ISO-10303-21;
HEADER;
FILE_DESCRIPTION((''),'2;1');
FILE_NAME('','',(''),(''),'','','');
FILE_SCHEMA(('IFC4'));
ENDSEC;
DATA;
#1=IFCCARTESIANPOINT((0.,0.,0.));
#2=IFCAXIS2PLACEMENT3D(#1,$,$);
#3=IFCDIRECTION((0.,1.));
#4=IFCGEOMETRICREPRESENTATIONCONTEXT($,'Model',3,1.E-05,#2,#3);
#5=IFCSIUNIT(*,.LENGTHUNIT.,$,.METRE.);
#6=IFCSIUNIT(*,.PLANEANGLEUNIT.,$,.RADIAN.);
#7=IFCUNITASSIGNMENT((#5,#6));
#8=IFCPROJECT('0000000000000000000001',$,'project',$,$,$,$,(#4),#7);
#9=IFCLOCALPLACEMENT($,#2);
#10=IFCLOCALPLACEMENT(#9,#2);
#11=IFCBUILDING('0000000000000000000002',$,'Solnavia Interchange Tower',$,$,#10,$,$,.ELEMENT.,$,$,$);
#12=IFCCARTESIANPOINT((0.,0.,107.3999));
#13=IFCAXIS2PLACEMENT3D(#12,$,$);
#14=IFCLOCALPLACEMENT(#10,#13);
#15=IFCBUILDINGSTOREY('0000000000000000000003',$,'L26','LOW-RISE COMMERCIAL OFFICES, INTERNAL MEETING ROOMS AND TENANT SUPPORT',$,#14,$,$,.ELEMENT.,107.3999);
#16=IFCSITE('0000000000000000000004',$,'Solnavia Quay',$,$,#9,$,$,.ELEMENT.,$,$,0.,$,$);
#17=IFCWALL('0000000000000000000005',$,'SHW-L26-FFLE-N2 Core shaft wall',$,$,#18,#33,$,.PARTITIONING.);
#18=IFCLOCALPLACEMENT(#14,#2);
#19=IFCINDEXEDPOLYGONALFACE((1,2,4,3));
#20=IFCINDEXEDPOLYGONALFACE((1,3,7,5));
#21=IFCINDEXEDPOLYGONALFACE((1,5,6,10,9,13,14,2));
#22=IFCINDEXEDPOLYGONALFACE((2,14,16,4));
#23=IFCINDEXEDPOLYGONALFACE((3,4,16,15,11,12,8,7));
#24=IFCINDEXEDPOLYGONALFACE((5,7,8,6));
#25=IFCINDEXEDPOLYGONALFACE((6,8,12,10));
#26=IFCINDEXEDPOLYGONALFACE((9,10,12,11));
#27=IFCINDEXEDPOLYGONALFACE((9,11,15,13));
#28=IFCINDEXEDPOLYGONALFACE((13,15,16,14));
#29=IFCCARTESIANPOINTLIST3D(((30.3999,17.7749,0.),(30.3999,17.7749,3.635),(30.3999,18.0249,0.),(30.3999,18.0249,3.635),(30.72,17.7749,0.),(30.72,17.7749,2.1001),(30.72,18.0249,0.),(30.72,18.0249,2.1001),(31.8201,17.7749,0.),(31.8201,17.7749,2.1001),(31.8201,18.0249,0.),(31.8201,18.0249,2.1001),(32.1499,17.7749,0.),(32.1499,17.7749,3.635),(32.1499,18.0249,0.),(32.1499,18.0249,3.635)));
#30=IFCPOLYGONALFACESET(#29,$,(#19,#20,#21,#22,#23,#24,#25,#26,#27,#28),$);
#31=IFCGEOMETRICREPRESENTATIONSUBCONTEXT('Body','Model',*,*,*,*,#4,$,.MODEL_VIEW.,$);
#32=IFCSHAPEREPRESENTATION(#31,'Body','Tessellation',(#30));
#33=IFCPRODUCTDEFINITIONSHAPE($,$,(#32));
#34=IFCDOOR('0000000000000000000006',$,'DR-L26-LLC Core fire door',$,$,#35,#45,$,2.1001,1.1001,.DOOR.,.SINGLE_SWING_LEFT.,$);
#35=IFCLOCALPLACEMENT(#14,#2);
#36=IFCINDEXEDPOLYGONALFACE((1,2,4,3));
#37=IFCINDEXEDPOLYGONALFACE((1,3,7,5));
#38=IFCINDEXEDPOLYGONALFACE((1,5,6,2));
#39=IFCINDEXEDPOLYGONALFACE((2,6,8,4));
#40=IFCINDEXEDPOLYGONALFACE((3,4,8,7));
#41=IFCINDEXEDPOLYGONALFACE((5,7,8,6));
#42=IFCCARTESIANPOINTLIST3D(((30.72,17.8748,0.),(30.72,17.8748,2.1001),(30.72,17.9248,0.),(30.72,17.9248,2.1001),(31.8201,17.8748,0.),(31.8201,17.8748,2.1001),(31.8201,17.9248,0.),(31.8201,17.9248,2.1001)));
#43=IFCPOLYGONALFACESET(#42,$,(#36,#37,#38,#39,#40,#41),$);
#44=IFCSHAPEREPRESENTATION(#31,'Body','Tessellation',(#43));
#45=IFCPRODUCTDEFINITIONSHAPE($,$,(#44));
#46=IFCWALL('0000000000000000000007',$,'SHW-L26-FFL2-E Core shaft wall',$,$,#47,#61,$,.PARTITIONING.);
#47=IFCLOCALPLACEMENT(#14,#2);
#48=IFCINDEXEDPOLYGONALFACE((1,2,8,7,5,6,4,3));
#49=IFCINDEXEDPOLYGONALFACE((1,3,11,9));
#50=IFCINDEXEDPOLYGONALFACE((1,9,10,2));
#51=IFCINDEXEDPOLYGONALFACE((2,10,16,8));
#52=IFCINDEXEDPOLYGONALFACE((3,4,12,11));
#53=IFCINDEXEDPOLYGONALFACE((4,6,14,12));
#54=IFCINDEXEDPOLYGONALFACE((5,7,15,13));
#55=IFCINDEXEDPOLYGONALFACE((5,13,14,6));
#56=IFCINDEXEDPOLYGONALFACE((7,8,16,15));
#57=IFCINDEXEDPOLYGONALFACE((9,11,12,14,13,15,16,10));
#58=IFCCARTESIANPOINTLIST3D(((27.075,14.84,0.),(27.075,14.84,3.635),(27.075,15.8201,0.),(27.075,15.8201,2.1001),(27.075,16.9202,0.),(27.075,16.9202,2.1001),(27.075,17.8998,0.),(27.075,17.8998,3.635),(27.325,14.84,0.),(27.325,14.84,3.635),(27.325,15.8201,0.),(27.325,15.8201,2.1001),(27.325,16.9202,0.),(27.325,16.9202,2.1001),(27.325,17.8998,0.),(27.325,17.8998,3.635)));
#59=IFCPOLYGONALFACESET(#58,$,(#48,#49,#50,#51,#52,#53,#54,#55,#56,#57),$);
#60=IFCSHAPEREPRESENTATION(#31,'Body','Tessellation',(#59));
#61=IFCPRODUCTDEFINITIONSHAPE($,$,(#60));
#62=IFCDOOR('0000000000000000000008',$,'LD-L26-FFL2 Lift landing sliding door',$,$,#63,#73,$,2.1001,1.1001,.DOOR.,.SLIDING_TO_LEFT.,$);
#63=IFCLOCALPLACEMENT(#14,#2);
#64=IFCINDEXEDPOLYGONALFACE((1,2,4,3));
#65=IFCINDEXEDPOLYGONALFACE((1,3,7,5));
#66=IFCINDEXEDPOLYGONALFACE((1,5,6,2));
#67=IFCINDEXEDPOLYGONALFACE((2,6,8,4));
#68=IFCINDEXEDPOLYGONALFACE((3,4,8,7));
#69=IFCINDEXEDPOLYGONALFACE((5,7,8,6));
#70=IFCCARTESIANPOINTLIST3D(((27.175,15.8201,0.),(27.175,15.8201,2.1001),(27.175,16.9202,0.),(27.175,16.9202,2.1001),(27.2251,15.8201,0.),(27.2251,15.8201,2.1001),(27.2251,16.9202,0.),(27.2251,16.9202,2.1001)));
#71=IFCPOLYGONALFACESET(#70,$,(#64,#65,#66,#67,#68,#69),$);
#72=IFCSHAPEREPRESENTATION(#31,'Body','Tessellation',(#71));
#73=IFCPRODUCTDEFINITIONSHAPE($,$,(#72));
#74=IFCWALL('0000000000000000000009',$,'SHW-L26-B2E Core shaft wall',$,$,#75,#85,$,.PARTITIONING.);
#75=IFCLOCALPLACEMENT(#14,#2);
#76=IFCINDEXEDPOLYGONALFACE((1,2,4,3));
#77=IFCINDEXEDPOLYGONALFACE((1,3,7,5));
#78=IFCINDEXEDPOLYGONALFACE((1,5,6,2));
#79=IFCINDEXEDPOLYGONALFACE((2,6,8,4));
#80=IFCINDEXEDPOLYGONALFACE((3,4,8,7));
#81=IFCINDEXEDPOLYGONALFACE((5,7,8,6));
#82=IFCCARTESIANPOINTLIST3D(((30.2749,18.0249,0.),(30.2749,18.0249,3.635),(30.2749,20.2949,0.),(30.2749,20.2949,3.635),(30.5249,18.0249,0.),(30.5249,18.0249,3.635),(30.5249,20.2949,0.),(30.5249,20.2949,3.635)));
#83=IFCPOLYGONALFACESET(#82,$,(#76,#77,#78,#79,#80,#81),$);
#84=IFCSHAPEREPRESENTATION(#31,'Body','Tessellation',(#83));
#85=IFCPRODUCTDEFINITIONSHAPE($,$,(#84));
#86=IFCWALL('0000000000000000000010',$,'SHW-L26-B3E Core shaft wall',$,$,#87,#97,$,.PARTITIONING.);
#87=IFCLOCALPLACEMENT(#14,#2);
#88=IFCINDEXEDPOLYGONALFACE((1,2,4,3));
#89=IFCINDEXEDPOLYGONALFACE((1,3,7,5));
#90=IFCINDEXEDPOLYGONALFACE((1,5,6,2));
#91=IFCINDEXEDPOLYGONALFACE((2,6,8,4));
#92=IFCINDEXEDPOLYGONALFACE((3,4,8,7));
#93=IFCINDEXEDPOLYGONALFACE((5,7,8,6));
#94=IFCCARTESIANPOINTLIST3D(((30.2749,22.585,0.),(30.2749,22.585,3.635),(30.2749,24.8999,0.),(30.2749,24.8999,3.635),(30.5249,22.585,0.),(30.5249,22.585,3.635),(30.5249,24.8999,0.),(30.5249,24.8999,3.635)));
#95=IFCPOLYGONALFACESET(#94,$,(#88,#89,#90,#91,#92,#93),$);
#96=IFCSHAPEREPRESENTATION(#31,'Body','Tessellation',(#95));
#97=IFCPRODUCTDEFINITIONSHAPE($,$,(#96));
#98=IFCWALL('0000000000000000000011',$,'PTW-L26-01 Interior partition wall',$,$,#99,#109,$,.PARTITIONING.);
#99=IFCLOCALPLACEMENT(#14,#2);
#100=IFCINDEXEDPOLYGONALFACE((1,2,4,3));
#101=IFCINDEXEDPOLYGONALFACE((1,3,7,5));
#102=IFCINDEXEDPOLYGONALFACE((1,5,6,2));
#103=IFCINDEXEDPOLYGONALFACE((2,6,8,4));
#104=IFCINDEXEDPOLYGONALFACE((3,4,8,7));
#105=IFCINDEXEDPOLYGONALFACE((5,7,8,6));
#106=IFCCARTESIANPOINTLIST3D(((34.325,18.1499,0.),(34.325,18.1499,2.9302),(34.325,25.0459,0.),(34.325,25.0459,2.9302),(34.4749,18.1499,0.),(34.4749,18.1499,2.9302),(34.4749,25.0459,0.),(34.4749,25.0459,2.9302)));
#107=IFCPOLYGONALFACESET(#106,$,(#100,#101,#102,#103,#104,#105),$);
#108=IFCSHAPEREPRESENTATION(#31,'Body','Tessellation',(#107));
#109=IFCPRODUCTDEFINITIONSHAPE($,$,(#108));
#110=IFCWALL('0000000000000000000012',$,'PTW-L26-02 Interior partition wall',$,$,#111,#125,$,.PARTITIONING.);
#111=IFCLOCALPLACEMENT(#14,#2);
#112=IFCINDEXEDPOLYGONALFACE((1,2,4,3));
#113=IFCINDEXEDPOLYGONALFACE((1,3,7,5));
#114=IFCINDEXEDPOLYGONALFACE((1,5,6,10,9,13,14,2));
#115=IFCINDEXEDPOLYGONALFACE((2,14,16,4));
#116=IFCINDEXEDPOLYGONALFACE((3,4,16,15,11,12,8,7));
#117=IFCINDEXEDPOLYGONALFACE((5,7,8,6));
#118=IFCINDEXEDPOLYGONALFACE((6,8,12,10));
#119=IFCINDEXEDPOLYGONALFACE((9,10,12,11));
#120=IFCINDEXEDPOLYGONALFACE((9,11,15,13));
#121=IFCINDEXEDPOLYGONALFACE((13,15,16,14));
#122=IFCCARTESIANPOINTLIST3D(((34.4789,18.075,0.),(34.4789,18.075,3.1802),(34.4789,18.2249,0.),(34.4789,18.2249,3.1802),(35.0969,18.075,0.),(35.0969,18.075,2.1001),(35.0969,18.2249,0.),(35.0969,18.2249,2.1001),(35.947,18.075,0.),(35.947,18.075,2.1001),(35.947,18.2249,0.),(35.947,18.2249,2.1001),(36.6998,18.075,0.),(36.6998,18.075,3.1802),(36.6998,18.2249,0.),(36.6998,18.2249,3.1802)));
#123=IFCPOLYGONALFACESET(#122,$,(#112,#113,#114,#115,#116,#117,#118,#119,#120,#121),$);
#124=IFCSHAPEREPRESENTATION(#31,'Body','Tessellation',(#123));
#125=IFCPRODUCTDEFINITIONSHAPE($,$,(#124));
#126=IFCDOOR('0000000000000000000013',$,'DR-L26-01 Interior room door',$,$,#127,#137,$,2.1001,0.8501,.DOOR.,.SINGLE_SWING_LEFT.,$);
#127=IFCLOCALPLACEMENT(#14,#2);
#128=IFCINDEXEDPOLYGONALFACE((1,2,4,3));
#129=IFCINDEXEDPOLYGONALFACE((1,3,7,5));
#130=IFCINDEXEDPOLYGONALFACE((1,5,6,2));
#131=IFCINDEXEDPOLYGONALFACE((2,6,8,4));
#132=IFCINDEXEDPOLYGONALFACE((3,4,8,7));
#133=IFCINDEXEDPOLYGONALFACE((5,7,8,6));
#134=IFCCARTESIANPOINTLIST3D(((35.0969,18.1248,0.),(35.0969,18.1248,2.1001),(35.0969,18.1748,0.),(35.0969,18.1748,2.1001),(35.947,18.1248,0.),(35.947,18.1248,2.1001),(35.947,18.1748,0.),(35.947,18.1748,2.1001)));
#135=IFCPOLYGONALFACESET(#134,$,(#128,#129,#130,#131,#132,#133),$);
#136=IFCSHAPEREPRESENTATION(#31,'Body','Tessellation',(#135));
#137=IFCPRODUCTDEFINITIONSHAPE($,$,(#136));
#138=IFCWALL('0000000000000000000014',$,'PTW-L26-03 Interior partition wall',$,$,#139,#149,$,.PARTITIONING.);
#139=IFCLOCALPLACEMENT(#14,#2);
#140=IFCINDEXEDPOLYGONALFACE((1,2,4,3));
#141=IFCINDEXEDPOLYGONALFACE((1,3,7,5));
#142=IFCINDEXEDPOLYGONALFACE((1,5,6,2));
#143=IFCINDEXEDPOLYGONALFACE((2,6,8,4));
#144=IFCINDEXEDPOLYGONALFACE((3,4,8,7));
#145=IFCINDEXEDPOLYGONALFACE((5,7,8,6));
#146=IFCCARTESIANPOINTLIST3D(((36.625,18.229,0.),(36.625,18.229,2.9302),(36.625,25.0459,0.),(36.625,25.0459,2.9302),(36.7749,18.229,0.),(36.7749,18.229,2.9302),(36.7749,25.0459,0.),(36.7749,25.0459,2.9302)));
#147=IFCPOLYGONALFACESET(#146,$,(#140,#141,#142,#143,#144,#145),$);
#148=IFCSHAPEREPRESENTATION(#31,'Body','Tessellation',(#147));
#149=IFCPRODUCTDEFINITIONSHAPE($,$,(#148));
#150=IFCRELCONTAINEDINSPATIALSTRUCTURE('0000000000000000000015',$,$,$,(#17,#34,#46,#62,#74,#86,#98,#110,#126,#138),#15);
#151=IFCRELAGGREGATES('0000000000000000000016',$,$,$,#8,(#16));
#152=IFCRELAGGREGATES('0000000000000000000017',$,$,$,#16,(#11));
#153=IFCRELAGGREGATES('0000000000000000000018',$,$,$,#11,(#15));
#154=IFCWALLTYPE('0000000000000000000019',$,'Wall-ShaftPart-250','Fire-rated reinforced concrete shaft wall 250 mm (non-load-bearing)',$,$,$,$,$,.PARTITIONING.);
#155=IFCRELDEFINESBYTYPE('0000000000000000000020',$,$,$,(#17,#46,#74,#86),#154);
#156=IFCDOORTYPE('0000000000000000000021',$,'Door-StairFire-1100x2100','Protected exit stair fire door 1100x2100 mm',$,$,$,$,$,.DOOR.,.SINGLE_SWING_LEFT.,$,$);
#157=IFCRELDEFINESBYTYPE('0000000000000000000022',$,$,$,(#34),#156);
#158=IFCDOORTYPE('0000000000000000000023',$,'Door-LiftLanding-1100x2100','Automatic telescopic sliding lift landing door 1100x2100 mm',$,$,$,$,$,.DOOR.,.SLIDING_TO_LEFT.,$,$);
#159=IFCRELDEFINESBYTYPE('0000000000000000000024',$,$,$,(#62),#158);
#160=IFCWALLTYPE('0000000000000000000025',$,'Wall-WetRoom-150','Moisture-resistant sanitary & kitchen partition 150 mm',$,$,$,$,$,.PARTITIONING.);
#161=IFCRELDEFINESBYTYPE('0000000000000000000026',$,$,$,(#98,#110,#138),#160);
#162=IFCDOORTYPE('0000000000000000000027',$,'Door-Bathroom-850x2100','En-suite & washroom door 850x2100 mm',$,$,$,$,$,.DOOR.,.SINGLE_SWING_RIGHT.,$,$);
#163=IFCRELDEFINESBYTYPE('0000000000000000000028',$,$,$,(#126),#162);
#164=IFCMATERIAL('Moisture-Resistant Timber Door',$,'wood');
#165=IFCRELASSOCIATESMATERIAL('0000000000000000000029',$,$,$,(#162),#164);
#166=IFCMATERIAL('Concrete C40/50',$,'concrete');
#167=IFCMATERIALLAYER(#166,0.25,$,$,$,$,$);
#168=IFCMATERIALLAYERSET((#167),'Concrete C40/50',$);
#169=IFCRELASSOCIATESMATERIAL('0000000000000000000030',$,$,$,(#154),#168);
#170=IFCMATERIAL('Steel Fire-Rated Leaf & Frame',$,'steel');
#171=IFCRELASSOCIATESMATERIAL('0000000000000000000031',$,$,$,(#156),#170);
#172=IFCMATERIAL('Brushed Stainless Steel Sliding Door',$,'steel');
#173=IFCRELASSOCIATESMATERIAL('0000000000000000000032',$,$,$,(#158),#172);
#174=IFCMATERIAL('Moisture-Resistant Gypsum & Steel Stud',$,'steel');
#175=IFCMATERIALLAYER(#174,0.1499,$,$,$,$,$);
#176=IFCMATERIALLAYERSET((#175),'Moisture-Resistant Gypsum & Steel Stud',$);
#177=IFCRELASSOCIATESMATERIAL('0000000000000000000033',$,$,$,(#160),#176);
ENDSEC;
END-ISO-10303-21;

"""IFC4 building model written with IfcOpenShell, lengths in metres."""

from ifc_helpers import new_model, si_unit, direction, frame, frame_2d, origin, place, context, subcontext, project, spatial, rectangle, extrude, material, layer, layer_set, type_object, element, fill, save


model = new_model("IFC4")

# Units and contexts
model_context = context("Model", 3, precision=1e-05, world=origin(), true_north=direction((0.0, 1.0)))
body_context = subcontext(model_context, "Body", "Model", "MODEL_VIEW")
ifc_project = project(units=[si_unit("LENGTHUNIT", "METRE"), si_unit("PLANEANGLEUNIT", "RADIAN")], contexts=[model_context])

# Site, building, storey
site_placement = place(None, origin())
site = spatial("IfcSite", under=ifc_project, at=site_placement, Name="Solnavia Quay", CompositionType="ELEMENT", RefElevation=0.0)
building_placement = place(site_placement, origin())
building = spatial("IfcBuilding", under=site, at=building_placement, Name="Solnavia Interchange Tower", CompositionType="ELEMENT")
storey_placement = place(building_placement, frame((0.0, 0.0, 107.3999)))
storey = spatial("IfcBuildingStorey", under=building, at=storey_placement, Name="L26", Description="LOW-RISE COMMERCIAL OFFICES, INTERNAL MEETING ROOMS AND TENANT SUPPORT", CompositionType="ELEMENT", Elevation=107.3999)

# Shared definitions
ifc_material_1 = material(Name="Concrete C40/50", Category="concrete")

# Walls, openings, doors
ifc_material_2 = material(Name="Moisture-Resistant Timber Door", Category="wood")
door_type_1 = type_object("IfcDoorType", Name="Door-Bathroom-850x2100", Description="En-suite & washroom door 850x2100 mm", OperationType="SINGLE_SWING_RIGHT", PredefinedType="DOOR", material=ifc_material_2)
ifc_layer_1 = layer(ifc_material_1, 0.25)
ifc_layer_set_1 = layer_set([ifc_layer_1], Name="Concrete C40/50")
wall_type_1 = type_object("IfcWallType", Name="Wall-ShaftPart-250", Description="Fire-rated reinforced concrete shaft wall 250 mm (non-load-bearing)", PredefinedType="PARTITIONING", material=ifc_layer_set_1)
wall_1_placement = place(storey_placement, frame((30.3999, 17.8999, 0.0), z_axis=(0.0, 0.0, 1.0), x_axis=(1.0, 0.0, 0.0)))
wall_1 = element("IfcWall", 1, at=wall_1_placement, inside=storey, type_object=wall_type_1, Name="SHW-L26-FFLE-N2 Core shaft wall", PredefinedType="PARTITIONING", context=body_context, shape_type="SweptSolid", body=[
    extrude(rectangle(XDim=1.75, YDim=0.25, at=frame_2d((0.875, 0.0))), origin(), (0.0, 0.0, 1.0), 3.635),
])
opening_1_placement = place(wall_1_placement, frame((0.3201, 0.0, 0.0)))
opening_1 = element("IfcOpeningElement", 2, at=opening_1_placement, cuts=wall_1, PredefinedType="OPENING", context=body_context, shape_type="SweptSolid", body=[
    extrude(rectangle(XDim=1.1001, YDim=2.1001, at=frame_2d((0.55, 1.05))), frame((0.0, 0.135, 0.0), z_axis=(0.0, -1.0, 0.0), x_axis=(1.0, 0.0, 0.0)), (0.0, 0.0, 1.0), 0.27),
])
ifc_material_3 = material(Name="Steel Fire-Rated Leaf & Frame", Category="steel")
door_type_2 = type_object("IfcDoorType", Name="Door-StairFire-1100x2100", Description="Protected exit stair fire door 1100x2100 mm", OperationType="SINGLE_SWING_LEFT", PredefinedType="DOOR", material=ifc_material_3)
door_1_placement = place(opening_1_placement, origin())
door_1 = element("IfcDoor", 3, at=door_1_placement, inside=storey, type_object=door_type_2, Name="DR-L26-LLC Core fire door", OperationType="SINGLE_SWING_LEFT", OverallHeight=2.1001, OverallWidth=1.1001, PredefinedType="DOOR", context=body_context, shape_type="SweptSolid", body=[
    extrude(rectangle(XDim=1.1001, YDim=2.1001, at=frame_2d((0.55, 1.05))), frame((0.0, 0.0249, 0.0), z_axis=(0.0, -1.0, 0.0), x_axis=(1.0, 0.0, 0.0)), (0.0, 0.0, 1.0), 0.05),
])
fill(opening_1, door_1)
wall_2_placement = place(storey_placement, frame((27.2, 14.8401, 0.0), z_axis=(0.0, 0.0, 1.0), x_axis=(0.0, 1.0, 0.0)))
wall_2 = element("IfcWall", 4, at=wall_2_placement, inside=storey, type_object=wall_type_1, Name="SHW-L26-FFL2-E Core shaft wall", PredefinedType="PARTITIONING", context=body_context, shape_type="SweptSolid", body=[
    extrude(rectangle(XDim=3.0598, YDim=0.25, at=frame_2d((1.5298, 0.0))), origin(), (0.0, 0.0, 1.0), 3.635),
])
opening_2_placement = place(wall_2_placement, frame((0.98, 0.0, 0.0)))
opening_2 = element("IfcOpeningElement", 5, at=opening_2_placement, cuts=wall_2, PredefinedType="OPENING", context=body_context, shape_type="SweptSolid", body=[
    extrude(rectangle(XDim=1.1001, YDim=2.1001, at=frame_2d((0.55, 1.05))), frame((0.0, 0.135, 0.0), z_axis=(0.0, -1.0, 0.0), x_axis=(1.0, 0.0, 0.0)), (0.0, 0.0, 1.0), 0.27),
])
ifc_material_4 = material(Name="Brushed Stainless Steel Sliding Door", Category="steel")
door_type_3 = type_object("IfcDoorType", Name="Door-LiftLanding-1100x2100", Description="Automatic telescopic sliding lift landing door 1100x2100 mm", OperationType="SLIDING_TO_LEFT", PredefinedType="DOOR", material=ifc_material_4)
door_2_placement = place(opening_2_placement, origin())
door_2 = element("IfcDoor", 6, at=door_2_placement, inside=storey, type_object=door_type_3, Name="LD-L26-FFL2 Lift landing sliding door", OperationType="SLIDING_TO_LEFT", OverallHeight=2.1001, OverallWidth=1.1001, PredefinedType="DOOR", context=body_context, shape_type="SweptSolid", body=[
    extrude(rectangle(XDim=1.1001, YDim=2.1001, at=frame_2d((0.55, 1.05))), frame((0.0, 0.0249, 0.0), z_axis=(0.0, -1.0, 0.0), x_axis=(1.0, 0.0, 0.0)), (0.0, 0.0, 1.0), 0.05),
])
fill(opening_2, door_2)

# Walls
wall_3_placement = place(storey_placement, frame((30.3999, 18.0249, 0.0), z_axis=(0.0, 0.0, 1.0), x_axis=(0.0, 1.0, 0.0)))
element("IfcWall", 7, at=wall_3_placement, inside=storey, type_object=wall_type_1, Name="SHW-L26-B2E Core shaft wall", PredefinedType="PARTITIONING", context=body_context, shape_type="SweptSolid", body=[
    extrude(rectangle(XDim=2.27, YDim=0.25, at=frame_2d((1.135, 0.0))), origin(), (0.0, 0.0, 1.0), 3.635),
])
wall_4_placement = place(storey_placement, frame((30.3999, 22.585, 0.0), z_axis=(0.0, 0.0, 1.0), x_axis=(0.0, 1.0, 0.0)))
element("IfcWall", 8, at=wall_4_placement, inside=storey, type_object=wall_type_1, Name="SHW-L26-B3E Core shaft wall", PredefinedType="PARTITIONING", context=body_context, shape_type="SweptSolid", body=[
    extrude(rectangle(XDim=2.3149, YDim=0.25, at=frame_2d((1.1575, 0.0))), origin(), (0.0, 0.0, 1.0), 3.635),
])
ifc_material_5 = material(Name="Moisture-Resistant Gypsum & Steel Stud", Category="steel")
ifc_layer_2 = layer(ifc_material_5, 0.1499)
ifc_layer_set_2 = layer_set([ifc_layer_2], Name="Moisture-Resistant Gypsum & Steel Stud")
wall_type_2 = type_object("IfcWallType", Name="Wall-WetRoom-150", Description="Moisture-resistant sanitary & kitchen partition 150 mm", PredefinedType="PARTITIONING", material=ifc_layer_set_2)
wall_5_placement = place(storey_placement, frame((34.3999, 18.1499, 0.0), z_axis=(0.0, 0.0, 1.0), x_axis=(0.0, 1.0, 0.0)))
element("IfcWall", 9, at=wall_5_placement, inside=storey, type_object=wall_type_2, Name="PTW-L26-01 Interior partition wall", PredefinedType="PARTITIONING", context=body_context, shape_type="SweptSolid", body=[
    extrude(rectangle(XDim=6.896, YDim=0.1499, at=frame_2d((3.448, 0.0))), origin(), (0.0, 0.0, 1.0), 2.9302),
])

# Wall, opening, door
wall_6_placement = place(storey_placement, frame((34.479, 18.1499, 0.0), z_axis=(0.0, 0.0, 1.0), x_axis=(1.0, 0.0, 0.0)))
wall_6 = element("IfcWall", 10, at=wall_6_placement, inside=storey, type_object=wall_type_2, Name="PTW-L26-02 Interior partition wall", PredefinedType="PARTITIONING", context=body_context, shape_type="SweptSolid", body=[
    extrude(rectangle(XDim=2.2209, YDim=0.1499, at=frame_2d((1.1104, 0.0))), origin(), (0.0, 0.0, 1.0), 3.1802),
])
opening_3_placement = place(wall_6_placement, frame((0.6179, 0.0, 0.0)))
opening_3 = element("IfcOpeningElement", 11, at=opening_3_placement, cuts=wall_6, PredefinedType="OPENING", context=body_context, shape_type="SweptSolid", body=[
    extrude(rectangle(XDim=0.8501, YDim=2.1001, at=frame_2d((0.425, 1.05))), frame((0.0, 0.085, 0.0), z_axis=(0.0, -1.0, 0.0), x_axis=(1.0, 0.0, 0.0)), (0.0, 0.0, 1.0), 0.1699),
])
door_3_placement = place(opening_3_placement, origin())
door_3 = element("IfcDoor", 12, at=door_3_placement, inside=storey, type_object=door_type_1, Name="DR-L26-01 Interior room door", OperationType="SINGLE_SWING_LEFT", OverallHeight=2.1001, OverallWidth=0.8501, PredefinedType="DOOR", context=body_context, shape_type="SweptSolid", body=[
    extrude(rectangle(XDim=0.8501, YDim=2.1001, at=frame_2d((0.425, 1.05))), frame((0.0, 0.0249, 0.0), z_axis=(0.0, -1.0, 0.0), x_axis=(1.0, 0.0, 0.0)), (0.0, 0.0, 1.0), 0.05),
])
fill(opening_3, door_3)

# Wall
wall_7_placement = place(storey_placement, frame((36.7, 18.229, 0.0), z_axis=(0.0, 0.0, 1.0), x_axis=(0.0, 1.0, 0.0)))
element("IfcWall", 13, at=wall_7_placement, inside=storey, type_object=wall_type_2, Name="PTW-L26-03 Interior partition wall", PredefinedType="PARTITIONING", context=body_context, shape_type="SweptSolid", body=[
    extrude(rectangle(XDim=6.8169, YDim=0.1499, at=frame_2d((3.4084, 0.0))), origin(), (0.0, 0.0, 1.0), 2.9302),
])

save(model, "model.ifc")
